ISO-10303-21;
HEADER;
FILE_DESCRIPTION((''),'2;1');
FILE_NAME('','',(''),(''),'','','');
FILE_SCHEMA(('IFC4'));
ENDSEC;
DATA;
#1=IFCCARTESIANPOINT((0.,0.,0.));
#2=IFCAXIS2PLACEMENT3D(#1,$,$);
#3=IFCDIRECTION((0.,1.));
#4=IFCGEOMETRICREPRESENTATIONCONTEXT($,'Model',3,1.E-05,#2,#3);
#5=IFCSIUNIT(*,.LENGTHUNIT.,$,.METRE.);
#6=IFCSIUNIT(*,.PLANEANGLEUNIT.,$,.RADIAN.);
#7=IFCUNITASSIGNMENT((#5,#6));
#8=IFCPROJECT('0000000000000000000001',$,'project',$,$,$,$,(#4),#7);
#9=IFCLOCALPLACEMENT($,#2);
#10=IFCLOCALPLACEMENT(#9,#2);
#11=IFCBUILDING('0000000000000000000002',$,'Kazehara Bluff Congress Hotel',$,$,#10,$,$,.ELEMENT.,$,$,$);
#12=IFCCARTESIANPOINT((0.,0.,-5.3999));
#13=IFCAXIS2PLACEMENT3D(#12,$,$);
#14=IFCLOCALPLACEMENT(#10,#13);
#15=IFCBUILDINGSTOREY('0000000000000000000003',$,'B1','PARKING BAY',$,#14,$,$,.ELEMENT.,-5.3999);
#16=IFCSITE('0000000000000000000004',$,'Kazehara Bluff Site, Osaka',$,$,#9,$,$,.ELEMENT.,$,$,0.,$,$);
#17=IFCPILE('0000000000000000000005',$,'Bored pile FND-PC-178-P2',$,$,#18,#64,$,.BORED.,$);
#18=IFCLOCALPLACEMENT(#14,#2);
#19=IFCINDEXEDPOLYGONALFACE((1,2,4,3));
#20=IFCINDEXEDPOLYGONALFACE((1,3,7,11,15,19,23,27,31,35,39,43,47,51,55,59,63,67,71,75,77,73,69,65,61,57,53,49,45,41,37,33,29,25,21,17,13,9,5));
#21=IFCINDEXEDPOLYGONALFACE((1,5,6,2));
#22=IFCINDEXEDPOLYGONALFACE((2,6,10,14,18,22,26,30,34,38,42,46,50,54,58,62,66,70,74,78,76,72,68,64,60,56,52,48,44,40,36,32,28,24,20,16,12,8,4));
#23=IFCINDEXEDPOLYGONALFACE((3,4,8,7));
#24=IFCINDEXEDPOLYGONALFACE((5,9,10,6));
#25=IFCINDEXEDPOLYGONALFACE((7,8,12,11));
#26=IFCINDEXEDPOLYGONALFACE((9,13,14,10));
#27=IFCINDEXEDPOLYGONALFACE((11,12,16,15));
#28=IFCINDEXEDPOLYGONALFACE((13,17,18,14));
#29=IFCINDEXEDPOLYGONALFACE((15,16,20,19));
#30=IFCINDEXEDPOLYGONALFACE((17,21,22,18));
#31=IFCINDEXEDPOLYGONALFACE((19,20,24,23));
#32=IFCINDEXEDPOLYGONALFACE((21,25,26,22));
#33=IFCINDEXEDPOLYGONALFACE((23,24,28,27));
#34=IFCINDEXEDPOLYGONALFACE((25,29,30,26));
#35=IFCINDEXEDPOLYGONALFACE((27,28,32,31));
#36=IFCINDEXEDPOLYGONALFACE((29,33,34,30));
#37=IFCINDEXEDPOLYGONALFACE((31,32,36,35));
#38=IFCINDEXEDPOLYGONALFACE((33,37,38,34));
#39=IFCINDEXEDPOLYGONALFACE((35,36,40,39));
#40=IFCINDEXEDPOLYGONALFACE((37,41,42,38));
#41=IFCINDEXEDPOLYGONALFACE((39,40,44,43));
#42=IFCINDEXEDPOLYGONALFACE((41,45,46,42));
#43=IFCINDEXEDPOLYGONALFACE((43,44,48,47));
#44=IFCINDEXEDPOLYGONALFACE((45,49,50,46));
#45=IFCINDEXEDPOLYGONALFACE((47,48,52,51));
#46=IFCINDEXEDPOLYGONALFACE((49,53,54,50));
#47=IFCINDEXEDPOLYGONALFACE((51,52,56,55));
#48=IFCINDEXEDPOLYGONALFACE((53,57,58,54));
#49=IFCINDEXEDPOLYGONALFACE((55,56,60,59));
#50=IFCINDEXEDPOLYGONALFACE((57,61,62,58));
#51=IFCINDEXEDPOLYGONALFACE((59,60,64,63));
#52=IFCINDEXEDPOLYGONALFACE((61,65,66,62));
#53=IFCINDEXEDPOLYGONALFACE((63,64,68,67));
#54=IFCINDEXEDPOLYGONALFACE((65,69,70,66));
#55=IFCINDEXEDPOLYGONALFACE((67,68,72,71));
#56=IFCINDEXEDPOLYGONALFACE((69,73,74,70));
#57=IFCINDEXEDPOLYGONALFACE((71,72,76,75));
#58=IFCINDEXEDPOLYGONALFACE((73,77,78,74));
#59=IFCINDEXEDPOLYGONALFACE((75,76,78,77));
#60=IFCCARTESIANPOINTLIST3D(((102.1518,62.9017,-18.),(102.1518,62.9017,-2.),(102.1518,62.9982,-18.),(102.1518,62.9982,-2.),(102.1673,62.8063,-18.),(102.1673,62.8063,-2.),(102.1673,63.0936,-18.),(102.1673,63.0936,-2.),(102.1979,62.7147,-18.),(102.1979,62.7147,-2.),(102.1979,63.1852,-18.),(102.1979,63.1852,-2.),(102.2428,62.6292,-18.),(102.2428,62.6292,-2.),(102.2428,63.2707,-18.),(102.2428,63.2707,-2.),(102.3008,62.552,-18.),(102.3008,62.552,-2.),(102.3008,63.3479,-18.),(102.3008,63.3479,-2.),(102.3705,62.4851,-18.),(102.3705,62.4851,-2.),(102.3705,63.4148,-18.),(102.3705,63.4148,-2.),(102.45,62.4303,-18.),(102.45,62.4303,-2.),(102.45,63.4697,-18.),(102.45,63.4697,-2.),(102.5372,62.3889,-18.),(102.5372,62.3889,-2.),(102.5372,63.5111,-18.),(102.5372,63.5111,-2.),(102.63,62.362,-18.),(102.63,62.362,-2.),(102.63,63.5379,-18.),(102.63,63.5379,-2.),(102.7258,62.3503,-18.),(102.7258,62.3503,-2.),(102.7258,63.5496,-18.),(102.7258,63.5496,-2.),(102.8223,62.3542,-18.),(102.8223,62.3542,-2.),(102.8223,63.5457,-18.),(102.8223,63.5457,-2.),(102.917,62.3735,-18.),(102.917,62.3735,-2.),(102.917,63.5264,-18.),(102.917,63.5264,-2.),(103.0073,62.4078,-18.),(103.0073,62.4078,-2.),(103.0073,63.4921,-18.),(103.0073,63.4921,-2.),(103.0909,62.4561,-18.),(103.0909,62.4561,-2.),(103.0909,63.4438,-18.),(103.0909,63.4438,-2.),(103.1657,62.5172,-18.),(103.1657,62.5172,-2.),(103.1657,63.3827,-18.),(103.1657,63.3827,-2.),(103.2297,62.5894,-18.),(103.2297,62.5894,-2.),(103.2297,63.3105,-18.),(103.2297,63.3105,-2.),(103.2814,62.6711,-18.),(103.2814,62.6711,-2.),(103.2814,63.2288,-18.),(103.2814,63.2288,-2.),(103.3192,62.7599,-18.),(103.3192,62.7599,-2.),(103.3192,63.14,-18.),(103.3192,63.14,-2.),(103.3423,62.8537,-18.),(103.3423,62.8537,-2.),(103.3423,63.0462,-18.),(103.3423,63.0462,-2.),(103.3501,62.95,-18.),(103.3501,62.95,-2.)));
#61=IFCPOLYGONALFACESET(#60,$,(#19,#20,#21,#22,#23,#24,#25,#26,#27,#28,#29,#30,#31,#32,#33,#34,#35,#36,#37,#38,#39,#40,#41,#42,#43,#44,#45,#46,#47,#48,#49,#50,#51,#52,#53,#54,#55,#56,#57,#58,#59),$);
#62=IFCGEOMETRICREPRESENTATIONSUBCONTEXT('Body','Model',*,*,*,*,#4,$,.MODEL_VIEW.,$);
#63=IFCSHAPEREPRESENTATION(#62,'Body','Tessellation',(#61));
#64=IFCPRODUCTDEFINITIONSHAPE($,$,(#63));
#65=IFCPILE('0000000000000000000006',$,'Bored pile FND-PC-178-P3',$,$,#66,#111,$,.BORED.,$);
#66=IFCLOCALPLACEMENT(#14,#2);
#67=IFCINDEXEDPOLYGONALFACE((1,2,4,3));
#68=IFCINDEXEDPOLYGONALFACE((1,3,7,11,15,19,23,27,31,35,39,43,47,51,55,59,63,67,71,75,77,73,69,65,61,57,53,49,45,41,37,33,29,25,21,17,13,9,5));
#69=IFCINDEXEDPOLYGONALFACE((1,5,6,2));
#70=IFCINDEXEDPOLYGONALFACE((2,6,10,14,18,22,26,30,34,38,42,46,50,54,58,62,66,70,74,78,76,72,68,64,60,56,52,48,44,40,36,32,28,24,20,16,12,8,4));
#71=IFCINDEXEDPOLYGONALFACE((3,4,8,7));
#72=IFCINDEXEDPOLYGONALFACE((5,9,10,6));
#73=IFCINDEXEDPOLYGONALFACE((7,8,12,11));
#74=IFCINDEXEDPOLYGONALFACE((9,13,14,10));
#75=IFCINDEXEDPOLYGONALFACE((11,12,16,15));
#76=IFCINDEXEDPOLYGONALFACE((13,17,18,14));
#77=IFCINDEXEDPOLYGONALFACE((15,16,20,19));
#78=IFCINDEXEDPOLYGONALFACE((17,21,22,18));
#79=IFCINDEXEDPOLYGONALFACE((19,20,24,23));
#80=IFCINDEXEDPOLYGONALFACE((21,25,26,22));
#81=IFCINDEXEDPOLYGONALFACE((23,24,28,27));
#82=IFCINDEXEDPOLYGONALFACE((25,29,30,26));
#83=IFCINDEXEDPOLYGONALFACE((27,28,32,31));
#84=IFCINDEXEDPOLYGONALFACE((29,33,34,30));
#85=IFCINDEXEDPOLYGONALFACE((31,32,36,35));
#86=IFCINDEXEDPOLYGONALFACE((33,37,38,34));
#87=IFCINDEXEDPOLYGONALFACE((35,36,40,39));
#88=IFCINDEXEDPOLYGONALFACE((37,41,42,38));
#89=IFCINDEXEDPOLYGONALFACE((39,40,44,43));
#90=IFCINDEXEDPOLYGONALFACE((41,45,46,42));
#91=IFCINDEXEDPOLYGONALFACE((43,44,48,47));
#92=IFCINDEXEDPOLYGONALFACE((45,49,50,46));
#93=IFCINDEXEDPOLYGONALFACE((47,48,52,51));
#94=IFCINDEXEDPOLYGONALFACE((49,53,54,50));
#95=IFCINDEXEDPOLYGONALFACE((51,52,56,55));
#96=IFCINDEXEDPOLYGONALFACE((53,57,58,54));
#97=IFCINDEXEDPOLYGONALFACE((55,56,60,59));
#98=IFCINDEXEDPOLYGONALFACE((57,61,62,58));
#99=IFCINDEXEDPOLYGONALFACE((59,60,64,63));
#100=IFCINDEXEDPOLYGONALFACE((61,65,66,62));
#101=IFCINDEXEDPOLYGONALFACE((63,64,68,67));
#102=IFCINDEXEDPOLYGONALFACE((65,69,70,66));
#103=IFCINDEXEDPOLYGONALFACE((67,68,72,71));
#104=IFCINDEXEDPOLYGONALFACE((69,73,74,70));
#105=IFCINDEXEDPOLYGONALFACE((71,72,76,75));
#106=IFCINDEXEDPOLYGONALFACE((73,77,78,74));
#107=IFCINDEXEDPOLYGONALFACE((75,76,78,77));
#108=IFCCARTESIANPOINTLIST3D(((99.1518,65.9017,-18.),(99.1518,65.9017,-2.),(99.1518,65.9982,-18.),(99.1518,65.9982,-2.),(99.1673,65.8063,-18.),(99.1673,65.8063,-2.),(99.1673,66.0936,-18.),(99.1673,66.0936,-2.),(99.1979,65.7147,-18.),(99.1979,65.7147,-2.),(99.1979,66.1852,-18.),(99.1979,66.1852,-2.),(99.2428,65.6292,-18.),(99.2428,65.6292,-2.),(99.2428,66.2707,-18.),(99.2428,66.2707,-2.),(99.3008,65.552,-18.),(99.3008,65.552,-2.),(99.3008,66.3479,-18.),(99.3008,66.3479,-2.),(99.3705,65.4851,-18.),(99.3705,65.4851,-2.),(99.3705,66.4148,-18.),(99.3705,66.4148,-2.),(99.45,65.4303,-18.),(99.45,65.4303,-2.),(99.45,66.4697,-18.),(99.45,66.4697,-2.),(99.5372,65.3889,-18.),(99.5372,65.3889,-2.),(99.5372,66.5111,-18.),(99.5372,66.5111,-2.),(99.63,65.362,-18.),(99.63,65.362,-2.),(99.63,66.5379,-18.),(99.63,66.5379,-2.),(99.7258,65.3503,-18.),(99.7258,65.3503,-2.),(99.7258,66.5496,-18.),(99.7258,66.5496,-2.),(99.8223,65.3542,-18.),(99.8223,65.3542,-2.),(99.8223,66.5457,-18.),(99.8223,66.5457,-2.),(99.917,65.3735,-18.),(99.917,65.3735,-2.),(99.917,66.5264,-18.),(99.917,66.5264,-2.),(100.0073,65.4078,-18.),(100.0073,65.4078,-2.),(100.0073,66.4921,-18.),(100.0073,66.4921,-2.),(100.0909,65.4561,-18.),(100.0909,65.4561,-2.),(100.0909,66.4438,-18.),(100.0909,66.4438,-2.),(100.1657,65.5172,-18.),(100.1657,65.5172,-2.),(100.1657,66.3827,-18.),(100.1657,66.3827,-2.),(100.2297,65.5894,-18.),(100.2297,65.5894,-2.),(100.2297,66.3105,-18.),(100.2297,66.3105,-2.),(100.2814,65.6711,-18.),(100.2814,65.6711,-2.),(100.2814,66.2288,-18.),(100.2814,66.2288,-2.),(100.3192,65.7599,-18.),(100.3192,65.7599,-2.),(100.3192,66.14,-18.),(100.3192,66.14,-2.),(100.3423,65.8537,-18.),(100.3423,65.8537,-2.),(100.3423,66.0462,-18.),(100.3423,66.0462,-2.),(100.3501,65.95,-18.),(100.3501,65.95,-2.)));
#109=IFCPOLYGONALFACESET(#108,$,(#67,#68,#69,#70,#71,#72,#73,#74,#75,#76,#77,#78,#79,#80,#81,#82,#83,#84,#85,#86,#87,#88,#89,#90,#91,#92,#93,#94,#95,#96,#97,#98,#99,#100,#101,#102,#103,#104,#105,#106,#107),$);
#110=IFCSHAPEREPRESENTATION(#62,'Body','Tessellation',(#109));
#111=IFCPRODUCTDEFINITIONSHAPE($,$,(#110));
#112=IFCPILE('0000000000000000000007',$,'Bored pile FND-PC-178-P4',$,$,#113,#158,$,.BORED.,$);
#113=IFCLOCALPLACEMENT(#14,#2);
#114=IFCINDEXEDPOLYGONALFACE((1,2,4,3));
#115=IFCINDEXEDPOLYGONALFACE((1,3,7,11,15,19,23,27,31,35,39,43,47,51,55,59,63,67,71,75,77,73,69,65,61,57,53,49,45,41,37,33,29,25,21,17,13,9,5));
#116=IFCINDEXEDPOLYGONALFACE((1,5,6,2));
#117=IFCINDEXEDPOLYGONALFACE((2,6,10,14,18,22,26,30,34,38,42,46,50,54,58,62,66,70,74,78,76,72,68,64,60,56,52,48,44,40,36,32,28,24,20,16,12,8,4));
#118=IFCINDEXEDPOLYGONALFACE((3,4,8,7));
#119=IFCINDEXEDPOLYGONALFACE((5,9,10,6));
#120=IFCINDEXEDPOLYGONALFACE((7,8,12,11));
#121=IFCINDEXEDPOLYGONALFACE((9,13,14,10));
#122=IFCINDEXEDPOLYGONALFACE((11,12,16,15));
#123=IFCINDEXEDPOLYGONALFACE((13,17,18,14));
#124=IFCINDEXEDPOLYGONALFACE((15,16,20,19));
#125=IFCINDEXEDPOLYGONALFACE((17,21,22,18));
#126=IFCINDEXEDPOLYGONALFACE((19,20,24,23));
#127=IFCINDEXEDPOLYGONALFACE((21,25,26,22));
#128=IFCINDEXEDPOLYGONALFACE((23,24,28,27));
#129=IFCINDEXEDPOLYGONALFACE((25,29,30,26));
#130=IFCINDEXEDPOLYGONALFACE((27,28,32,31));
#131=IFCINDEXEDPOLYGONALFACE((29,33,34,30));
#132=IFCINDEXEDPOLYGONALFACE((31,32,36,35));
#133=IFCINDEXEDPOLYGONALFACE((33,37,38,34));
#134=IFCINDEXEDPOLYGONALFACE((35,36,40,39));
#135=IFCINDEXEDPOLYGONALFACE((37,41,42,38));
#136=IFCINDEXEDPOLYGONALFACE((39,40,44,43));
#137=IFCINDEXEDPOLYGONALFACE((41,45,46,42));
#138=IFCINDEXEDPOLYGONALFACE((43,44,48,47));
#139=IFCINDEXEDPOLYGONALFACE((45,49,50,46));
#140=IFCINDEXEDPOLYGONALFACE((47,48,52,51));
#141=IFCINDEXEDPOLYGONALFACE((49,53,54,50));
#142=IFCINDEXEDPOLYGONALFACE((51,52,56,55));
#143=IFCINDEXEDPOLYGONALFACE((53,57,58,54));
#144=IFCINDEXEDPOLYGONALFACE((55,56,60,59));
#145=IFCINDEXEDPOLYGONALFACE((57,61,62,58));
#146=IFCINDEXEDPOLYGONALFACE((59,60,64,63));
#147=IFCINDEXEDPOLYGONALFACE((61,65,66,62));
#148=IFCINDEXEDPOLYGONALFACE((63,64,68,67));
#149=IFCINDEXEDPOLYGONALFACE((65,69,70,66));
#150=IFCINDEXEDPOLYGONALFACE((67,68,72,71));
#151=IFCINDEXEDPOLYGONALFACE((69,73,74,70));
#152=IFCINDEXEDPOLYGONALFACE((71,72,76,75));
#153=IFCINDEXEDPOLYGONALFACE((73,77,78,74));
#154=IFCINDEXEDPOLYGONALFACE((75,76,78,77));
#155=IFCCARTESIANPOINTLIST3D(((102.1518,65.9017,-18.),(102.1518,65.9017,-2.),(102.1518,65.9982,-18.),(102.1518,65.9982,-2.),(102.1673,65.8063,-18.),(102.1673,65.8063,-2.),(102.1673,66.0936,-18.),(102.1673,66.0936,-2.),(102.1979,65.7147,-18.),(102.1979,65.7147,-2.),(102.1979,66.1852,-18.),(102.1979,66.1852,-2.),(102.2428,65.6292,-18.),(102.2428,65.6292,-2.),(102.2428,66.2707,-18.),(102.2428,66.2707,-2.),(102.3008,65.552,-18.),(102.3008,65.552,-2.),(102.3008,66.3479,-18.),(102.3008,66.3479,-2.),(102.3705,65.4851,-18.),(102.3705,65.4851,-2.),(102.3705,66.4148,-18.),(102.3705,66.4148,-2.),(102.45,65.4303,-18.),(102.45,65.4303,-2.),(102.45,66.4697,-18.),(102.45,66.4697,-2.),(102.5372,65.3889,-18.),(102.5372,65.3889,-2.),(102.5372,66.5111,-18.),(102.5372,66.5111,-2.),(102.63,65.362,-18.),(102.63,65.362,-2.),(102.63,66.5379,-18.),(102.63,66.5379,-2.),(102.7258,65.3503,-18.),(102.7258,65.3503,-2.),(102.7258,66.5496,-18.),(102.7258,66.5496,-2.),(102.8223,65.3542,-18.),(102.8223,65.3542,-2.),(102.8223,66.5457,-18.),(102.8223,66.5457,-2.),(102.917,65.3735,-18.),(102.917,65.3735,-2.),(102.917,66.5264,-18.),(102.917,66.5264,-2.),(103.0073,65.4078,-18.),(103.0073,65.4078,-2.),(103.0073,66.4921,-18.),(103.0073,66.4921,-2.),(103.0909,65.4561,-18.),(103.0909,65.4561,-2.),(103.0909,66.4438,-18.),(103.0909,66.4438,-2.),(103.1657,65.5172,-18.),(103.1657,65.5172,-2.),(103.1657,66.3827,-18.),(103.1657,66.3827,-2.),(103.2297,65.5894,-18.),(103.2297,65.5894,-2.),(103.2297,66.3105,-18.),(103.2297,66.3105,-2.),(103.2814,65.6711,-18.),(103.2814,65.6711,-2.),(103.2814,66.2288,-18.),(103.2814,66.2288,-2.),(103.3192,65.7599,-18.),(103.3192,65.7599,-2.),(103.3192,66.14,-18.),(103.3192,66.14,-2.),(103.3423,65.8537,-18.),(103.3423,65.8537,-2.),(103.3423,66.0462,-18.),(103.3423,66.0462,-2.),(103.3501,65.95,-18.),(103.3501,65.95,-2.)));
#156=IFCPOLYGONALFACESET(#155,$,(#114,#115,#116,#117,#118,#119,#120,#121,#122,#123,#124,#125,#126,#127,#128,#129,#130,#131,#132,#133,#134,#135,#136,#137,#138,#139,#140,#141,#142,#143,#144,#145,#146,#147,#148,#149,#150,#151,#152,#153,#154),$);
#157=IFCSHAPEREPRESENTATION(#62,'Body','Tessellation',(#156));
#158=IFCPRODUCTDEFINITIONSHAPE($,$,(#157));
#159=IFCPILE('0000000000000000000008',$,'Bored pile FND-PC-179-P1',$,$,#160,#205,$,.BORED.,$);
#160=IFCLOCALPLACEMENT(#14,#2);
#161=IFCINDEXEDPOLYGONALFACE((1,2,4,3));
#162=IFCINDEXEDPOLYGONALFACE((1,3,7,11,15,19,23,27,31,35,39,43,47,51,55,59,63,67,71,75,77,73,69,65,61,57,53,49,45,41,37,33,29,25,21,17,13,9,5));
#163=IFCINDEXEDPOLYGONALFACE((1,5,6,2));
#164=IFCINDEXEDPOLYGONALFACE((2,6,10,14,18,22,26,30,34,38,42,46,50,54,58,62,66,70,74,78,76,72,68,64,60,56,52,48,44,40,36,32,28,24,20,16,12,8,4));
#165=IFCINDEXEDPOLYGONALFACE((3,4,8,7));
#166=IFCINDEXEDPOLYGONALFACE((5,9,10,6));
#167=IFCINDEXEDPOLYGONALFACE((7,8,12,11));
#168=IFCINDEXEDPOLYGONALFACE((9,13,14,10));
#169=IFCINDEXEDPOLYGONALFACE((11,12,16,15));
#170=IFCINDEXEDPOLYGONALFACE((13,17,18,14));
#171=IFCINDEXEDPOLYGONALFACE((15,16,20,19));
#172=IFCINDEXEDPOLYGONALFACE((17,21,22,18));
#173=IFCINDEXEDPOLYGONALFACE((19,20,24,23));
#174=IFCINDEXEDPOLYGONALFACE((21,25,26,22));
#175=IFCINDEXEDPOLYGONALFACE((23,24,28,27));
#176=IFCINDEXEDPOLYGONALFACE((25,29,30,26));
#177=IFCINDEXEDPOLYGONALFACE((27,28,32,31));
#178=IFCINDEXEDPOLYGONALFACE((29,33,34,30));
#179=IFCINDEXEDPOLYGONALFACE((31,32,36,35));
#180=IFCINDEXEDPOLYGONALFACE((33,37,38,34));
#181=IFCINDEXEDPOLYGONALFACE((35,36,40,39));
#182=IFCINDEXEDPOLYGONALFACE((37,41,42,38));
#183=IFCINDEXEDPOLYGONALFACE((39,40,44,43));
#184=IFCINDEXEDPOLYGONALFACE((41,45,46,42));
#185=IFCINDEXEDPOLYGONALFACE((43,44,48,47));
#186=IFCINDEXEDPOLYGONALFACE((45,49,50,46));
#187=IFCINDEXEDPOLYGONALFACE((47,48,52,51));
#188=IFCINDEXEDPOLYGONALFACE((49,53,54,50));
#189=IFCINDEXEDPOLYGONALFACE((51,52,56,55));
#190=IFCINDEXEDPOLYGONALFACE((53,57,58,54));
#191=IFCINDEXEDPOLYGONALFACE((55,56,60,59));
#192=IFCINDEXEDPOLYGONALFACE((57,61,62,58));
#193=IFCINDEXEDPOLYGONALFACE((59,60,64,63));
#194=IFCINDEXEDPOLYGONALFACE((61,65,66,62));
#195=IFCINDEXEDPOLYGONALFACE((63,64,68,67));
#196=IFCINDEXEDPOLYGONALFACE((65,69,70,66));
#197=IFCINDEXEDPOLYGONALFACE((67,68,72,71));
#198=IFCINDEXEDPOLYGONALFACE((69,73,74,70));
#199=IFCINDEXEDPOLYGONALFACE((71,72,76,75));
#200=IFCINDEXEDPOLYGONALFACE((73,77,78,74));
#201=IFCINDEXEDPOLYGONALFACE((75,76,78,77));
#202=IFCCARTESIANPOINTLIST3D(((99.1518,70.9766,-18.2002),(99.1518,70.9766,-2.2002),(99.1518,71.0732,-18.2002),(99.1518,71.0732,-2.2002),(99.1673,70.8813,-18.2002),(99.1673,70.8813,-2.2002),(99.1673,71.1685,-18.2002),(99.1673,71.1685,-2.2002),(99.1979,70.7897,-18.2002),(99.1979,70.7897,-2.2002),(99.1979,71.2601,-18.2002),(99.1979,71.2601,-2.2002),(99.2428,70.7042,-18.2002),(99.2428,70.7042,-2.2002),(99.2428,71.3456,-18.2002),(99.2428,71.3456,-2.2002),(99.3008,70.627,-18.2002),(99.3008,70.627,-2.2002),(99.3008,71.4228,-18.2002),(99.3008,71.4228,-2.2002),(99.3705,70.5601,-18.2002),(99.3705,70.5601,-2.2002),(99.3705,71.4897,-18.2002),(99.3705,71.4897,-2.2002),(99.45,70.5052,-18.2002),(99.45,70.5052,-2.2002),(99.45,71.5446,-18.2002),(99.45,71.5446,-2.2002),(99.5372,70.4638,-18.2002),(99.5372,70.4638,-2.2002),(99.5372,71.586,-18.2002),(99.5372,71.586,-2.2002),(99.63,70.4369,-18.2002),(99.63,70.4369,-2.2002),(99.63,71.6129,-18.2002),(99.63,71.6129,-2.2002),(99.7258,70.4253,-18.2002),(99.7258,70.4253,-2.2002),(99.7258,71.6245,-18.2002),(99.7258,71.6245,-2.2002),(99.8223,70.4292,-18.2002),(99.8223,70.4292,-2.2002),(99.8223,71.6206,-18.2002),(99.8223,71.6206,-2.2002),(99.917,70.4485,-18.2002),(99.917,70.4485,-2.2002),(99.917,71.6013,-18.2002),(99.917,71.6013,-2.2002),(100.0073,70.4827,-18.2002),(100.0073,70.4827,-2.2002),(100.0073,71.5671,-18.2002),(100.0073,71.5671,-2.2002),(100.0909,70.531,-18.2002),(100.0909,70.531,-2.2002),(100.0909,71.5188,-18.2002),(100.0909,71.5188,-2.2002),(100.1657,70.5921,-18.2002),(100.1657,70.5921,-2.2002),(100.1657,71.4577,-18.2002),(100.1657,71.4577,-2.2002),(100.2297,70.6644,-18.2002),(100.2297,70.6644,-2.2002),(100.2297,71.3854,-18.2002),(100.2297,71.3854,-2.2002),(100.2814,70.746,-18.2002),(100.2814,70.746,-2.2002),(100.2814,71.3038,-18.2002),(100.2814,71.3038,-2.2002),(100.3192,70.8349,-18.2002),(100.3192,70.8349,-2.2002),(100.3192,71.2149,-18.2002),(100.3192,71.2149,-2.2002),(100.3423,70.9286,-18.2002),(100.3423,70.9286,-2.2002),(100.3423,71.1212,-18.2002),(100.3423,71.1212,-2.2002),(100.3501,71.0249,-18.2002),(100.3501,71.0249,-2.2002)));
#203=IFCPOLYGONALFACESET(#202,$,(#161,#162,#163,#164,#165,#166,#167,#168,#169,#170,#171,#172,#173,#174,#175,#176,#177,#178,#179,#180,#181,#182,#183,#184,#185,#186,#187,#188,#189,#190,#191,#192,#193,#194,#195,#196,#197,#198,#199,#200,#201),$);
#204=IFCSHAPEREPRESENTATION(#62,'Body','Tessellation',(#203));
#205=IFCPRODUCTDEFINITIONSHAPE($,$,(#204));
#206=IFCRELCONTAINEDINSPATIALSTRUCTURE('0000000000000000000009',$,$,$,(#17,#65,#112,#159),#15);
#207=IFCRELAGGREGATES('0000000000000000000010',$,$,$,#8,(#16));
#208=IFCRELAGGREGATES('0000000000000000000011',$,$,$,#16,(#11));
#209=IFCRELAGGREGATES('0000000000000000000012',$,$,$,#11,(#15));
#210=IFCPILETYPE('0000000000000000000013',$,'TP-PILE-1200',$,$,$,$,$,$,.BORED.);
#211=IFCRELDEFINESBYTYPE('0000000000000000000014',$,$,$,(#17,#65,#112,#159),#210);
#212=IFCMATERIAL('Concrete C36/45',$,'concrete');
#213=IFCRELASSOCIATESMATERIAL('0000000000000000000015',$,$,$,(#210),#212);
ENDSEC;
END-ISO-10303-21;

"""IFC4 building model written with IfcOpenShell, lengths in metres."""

from ifc_helpers import new_model, si_unit, direction, frame, origin, origin_2d, place, context, subcontext, project, spatial, circle, extrude, material, material_profile, profile_set, type_object, element, save


model = new_model("IFC4")

# Units and contexts
model_context = context("Model", 3, precision=1e-05, world=origin(), true_north=direction((0.0, 1.0)))
body_context = subcontext(model_context, "Body", "Model", "MODEL_VIEW")
ifc_project = project(units=[si_unit("LENGTHUNIT", "METRE"), si_unit("PLANEANGLEUNIT", "RADIAN")], contexts=[model_context])

# Site, building, storey
site_placement = place(None, origin())
site = spatial("IfcSite", under=ifc_project, at=site_placement, Name="Kazehara Bluff Site, Osaka", CompositionType="ELEMENT", RefElevation=0.0)
building_placement = place(site_placement, origin())
building = spatial("IfcBuilding", under=site, at=building_placement, Name="Kazehara Bluff Congress Hotel", CompositionType="ELEMENT")
storey_placement = place(building_placement, frame((0.0, 0.0, -5.3999)))
storey = spatial("IfcBuildingStorey", under=building, at=storey_placement, Name="B1", Description="PARKING BAY", CompositionType="ELEMENT", Elevation=-5.3999)

# Piles
ifc_material_1 = material(Name="Concrete C36/45", Category="concrete")
ifc_material_profile_1 = material_profile(ifc_material_1, circle(Radius=0.6001, at=origin_2d()))
ifc_profile_set_1 = profile_set([ifc_material_profile_1], Name="Concrete C36/45")
pile_type = type_object("IfcPileType", Name="TP-PILE-1200", PredefinedType="BORED", material=ifc_profile_set_1)
for number, where, z_axis, x_axis, name in (
    (1, (102.75, 62.95, -2.0), (0.0, 0.0, -1.0), (1.0, 0.0, 0.0), "Bored pile FND-PC-178-P2"),
    (2, (99.75, 65.95, -2.0), (0.0, 0.0, -1.0), (1.0, 0.0, 0.0), "Bored pile FND-PC-178-P3"),
    (3, (102.75, 65.95, -2.0), (0.0, 0.0, -1.0), (1.0, 0.0, 0.0), "Bored pile FND-PC-178-P4"),
    (4, (99.75, 71.0249, -2.2002), (0.0, 0.0, -1.0), (1.0, 0.0, 0.0), "Bored pile FND-PC-179-P1"),
):
    element("IfcPile", number, at=place(storey_placement, frame(where, z_axis=z_axis, x_axis=x_axis)), inside=storey, type_object=pile_type, Name=name, PredefinedType="BORED", context=body_context, shape_type="SweptSolid", body=[
        extrude(circle(Radius=0.6001, at=origin_2d()), origin(), (0.0, 0.0, 1.0), 16.0),
    ])

save(model, "model.ifc")
